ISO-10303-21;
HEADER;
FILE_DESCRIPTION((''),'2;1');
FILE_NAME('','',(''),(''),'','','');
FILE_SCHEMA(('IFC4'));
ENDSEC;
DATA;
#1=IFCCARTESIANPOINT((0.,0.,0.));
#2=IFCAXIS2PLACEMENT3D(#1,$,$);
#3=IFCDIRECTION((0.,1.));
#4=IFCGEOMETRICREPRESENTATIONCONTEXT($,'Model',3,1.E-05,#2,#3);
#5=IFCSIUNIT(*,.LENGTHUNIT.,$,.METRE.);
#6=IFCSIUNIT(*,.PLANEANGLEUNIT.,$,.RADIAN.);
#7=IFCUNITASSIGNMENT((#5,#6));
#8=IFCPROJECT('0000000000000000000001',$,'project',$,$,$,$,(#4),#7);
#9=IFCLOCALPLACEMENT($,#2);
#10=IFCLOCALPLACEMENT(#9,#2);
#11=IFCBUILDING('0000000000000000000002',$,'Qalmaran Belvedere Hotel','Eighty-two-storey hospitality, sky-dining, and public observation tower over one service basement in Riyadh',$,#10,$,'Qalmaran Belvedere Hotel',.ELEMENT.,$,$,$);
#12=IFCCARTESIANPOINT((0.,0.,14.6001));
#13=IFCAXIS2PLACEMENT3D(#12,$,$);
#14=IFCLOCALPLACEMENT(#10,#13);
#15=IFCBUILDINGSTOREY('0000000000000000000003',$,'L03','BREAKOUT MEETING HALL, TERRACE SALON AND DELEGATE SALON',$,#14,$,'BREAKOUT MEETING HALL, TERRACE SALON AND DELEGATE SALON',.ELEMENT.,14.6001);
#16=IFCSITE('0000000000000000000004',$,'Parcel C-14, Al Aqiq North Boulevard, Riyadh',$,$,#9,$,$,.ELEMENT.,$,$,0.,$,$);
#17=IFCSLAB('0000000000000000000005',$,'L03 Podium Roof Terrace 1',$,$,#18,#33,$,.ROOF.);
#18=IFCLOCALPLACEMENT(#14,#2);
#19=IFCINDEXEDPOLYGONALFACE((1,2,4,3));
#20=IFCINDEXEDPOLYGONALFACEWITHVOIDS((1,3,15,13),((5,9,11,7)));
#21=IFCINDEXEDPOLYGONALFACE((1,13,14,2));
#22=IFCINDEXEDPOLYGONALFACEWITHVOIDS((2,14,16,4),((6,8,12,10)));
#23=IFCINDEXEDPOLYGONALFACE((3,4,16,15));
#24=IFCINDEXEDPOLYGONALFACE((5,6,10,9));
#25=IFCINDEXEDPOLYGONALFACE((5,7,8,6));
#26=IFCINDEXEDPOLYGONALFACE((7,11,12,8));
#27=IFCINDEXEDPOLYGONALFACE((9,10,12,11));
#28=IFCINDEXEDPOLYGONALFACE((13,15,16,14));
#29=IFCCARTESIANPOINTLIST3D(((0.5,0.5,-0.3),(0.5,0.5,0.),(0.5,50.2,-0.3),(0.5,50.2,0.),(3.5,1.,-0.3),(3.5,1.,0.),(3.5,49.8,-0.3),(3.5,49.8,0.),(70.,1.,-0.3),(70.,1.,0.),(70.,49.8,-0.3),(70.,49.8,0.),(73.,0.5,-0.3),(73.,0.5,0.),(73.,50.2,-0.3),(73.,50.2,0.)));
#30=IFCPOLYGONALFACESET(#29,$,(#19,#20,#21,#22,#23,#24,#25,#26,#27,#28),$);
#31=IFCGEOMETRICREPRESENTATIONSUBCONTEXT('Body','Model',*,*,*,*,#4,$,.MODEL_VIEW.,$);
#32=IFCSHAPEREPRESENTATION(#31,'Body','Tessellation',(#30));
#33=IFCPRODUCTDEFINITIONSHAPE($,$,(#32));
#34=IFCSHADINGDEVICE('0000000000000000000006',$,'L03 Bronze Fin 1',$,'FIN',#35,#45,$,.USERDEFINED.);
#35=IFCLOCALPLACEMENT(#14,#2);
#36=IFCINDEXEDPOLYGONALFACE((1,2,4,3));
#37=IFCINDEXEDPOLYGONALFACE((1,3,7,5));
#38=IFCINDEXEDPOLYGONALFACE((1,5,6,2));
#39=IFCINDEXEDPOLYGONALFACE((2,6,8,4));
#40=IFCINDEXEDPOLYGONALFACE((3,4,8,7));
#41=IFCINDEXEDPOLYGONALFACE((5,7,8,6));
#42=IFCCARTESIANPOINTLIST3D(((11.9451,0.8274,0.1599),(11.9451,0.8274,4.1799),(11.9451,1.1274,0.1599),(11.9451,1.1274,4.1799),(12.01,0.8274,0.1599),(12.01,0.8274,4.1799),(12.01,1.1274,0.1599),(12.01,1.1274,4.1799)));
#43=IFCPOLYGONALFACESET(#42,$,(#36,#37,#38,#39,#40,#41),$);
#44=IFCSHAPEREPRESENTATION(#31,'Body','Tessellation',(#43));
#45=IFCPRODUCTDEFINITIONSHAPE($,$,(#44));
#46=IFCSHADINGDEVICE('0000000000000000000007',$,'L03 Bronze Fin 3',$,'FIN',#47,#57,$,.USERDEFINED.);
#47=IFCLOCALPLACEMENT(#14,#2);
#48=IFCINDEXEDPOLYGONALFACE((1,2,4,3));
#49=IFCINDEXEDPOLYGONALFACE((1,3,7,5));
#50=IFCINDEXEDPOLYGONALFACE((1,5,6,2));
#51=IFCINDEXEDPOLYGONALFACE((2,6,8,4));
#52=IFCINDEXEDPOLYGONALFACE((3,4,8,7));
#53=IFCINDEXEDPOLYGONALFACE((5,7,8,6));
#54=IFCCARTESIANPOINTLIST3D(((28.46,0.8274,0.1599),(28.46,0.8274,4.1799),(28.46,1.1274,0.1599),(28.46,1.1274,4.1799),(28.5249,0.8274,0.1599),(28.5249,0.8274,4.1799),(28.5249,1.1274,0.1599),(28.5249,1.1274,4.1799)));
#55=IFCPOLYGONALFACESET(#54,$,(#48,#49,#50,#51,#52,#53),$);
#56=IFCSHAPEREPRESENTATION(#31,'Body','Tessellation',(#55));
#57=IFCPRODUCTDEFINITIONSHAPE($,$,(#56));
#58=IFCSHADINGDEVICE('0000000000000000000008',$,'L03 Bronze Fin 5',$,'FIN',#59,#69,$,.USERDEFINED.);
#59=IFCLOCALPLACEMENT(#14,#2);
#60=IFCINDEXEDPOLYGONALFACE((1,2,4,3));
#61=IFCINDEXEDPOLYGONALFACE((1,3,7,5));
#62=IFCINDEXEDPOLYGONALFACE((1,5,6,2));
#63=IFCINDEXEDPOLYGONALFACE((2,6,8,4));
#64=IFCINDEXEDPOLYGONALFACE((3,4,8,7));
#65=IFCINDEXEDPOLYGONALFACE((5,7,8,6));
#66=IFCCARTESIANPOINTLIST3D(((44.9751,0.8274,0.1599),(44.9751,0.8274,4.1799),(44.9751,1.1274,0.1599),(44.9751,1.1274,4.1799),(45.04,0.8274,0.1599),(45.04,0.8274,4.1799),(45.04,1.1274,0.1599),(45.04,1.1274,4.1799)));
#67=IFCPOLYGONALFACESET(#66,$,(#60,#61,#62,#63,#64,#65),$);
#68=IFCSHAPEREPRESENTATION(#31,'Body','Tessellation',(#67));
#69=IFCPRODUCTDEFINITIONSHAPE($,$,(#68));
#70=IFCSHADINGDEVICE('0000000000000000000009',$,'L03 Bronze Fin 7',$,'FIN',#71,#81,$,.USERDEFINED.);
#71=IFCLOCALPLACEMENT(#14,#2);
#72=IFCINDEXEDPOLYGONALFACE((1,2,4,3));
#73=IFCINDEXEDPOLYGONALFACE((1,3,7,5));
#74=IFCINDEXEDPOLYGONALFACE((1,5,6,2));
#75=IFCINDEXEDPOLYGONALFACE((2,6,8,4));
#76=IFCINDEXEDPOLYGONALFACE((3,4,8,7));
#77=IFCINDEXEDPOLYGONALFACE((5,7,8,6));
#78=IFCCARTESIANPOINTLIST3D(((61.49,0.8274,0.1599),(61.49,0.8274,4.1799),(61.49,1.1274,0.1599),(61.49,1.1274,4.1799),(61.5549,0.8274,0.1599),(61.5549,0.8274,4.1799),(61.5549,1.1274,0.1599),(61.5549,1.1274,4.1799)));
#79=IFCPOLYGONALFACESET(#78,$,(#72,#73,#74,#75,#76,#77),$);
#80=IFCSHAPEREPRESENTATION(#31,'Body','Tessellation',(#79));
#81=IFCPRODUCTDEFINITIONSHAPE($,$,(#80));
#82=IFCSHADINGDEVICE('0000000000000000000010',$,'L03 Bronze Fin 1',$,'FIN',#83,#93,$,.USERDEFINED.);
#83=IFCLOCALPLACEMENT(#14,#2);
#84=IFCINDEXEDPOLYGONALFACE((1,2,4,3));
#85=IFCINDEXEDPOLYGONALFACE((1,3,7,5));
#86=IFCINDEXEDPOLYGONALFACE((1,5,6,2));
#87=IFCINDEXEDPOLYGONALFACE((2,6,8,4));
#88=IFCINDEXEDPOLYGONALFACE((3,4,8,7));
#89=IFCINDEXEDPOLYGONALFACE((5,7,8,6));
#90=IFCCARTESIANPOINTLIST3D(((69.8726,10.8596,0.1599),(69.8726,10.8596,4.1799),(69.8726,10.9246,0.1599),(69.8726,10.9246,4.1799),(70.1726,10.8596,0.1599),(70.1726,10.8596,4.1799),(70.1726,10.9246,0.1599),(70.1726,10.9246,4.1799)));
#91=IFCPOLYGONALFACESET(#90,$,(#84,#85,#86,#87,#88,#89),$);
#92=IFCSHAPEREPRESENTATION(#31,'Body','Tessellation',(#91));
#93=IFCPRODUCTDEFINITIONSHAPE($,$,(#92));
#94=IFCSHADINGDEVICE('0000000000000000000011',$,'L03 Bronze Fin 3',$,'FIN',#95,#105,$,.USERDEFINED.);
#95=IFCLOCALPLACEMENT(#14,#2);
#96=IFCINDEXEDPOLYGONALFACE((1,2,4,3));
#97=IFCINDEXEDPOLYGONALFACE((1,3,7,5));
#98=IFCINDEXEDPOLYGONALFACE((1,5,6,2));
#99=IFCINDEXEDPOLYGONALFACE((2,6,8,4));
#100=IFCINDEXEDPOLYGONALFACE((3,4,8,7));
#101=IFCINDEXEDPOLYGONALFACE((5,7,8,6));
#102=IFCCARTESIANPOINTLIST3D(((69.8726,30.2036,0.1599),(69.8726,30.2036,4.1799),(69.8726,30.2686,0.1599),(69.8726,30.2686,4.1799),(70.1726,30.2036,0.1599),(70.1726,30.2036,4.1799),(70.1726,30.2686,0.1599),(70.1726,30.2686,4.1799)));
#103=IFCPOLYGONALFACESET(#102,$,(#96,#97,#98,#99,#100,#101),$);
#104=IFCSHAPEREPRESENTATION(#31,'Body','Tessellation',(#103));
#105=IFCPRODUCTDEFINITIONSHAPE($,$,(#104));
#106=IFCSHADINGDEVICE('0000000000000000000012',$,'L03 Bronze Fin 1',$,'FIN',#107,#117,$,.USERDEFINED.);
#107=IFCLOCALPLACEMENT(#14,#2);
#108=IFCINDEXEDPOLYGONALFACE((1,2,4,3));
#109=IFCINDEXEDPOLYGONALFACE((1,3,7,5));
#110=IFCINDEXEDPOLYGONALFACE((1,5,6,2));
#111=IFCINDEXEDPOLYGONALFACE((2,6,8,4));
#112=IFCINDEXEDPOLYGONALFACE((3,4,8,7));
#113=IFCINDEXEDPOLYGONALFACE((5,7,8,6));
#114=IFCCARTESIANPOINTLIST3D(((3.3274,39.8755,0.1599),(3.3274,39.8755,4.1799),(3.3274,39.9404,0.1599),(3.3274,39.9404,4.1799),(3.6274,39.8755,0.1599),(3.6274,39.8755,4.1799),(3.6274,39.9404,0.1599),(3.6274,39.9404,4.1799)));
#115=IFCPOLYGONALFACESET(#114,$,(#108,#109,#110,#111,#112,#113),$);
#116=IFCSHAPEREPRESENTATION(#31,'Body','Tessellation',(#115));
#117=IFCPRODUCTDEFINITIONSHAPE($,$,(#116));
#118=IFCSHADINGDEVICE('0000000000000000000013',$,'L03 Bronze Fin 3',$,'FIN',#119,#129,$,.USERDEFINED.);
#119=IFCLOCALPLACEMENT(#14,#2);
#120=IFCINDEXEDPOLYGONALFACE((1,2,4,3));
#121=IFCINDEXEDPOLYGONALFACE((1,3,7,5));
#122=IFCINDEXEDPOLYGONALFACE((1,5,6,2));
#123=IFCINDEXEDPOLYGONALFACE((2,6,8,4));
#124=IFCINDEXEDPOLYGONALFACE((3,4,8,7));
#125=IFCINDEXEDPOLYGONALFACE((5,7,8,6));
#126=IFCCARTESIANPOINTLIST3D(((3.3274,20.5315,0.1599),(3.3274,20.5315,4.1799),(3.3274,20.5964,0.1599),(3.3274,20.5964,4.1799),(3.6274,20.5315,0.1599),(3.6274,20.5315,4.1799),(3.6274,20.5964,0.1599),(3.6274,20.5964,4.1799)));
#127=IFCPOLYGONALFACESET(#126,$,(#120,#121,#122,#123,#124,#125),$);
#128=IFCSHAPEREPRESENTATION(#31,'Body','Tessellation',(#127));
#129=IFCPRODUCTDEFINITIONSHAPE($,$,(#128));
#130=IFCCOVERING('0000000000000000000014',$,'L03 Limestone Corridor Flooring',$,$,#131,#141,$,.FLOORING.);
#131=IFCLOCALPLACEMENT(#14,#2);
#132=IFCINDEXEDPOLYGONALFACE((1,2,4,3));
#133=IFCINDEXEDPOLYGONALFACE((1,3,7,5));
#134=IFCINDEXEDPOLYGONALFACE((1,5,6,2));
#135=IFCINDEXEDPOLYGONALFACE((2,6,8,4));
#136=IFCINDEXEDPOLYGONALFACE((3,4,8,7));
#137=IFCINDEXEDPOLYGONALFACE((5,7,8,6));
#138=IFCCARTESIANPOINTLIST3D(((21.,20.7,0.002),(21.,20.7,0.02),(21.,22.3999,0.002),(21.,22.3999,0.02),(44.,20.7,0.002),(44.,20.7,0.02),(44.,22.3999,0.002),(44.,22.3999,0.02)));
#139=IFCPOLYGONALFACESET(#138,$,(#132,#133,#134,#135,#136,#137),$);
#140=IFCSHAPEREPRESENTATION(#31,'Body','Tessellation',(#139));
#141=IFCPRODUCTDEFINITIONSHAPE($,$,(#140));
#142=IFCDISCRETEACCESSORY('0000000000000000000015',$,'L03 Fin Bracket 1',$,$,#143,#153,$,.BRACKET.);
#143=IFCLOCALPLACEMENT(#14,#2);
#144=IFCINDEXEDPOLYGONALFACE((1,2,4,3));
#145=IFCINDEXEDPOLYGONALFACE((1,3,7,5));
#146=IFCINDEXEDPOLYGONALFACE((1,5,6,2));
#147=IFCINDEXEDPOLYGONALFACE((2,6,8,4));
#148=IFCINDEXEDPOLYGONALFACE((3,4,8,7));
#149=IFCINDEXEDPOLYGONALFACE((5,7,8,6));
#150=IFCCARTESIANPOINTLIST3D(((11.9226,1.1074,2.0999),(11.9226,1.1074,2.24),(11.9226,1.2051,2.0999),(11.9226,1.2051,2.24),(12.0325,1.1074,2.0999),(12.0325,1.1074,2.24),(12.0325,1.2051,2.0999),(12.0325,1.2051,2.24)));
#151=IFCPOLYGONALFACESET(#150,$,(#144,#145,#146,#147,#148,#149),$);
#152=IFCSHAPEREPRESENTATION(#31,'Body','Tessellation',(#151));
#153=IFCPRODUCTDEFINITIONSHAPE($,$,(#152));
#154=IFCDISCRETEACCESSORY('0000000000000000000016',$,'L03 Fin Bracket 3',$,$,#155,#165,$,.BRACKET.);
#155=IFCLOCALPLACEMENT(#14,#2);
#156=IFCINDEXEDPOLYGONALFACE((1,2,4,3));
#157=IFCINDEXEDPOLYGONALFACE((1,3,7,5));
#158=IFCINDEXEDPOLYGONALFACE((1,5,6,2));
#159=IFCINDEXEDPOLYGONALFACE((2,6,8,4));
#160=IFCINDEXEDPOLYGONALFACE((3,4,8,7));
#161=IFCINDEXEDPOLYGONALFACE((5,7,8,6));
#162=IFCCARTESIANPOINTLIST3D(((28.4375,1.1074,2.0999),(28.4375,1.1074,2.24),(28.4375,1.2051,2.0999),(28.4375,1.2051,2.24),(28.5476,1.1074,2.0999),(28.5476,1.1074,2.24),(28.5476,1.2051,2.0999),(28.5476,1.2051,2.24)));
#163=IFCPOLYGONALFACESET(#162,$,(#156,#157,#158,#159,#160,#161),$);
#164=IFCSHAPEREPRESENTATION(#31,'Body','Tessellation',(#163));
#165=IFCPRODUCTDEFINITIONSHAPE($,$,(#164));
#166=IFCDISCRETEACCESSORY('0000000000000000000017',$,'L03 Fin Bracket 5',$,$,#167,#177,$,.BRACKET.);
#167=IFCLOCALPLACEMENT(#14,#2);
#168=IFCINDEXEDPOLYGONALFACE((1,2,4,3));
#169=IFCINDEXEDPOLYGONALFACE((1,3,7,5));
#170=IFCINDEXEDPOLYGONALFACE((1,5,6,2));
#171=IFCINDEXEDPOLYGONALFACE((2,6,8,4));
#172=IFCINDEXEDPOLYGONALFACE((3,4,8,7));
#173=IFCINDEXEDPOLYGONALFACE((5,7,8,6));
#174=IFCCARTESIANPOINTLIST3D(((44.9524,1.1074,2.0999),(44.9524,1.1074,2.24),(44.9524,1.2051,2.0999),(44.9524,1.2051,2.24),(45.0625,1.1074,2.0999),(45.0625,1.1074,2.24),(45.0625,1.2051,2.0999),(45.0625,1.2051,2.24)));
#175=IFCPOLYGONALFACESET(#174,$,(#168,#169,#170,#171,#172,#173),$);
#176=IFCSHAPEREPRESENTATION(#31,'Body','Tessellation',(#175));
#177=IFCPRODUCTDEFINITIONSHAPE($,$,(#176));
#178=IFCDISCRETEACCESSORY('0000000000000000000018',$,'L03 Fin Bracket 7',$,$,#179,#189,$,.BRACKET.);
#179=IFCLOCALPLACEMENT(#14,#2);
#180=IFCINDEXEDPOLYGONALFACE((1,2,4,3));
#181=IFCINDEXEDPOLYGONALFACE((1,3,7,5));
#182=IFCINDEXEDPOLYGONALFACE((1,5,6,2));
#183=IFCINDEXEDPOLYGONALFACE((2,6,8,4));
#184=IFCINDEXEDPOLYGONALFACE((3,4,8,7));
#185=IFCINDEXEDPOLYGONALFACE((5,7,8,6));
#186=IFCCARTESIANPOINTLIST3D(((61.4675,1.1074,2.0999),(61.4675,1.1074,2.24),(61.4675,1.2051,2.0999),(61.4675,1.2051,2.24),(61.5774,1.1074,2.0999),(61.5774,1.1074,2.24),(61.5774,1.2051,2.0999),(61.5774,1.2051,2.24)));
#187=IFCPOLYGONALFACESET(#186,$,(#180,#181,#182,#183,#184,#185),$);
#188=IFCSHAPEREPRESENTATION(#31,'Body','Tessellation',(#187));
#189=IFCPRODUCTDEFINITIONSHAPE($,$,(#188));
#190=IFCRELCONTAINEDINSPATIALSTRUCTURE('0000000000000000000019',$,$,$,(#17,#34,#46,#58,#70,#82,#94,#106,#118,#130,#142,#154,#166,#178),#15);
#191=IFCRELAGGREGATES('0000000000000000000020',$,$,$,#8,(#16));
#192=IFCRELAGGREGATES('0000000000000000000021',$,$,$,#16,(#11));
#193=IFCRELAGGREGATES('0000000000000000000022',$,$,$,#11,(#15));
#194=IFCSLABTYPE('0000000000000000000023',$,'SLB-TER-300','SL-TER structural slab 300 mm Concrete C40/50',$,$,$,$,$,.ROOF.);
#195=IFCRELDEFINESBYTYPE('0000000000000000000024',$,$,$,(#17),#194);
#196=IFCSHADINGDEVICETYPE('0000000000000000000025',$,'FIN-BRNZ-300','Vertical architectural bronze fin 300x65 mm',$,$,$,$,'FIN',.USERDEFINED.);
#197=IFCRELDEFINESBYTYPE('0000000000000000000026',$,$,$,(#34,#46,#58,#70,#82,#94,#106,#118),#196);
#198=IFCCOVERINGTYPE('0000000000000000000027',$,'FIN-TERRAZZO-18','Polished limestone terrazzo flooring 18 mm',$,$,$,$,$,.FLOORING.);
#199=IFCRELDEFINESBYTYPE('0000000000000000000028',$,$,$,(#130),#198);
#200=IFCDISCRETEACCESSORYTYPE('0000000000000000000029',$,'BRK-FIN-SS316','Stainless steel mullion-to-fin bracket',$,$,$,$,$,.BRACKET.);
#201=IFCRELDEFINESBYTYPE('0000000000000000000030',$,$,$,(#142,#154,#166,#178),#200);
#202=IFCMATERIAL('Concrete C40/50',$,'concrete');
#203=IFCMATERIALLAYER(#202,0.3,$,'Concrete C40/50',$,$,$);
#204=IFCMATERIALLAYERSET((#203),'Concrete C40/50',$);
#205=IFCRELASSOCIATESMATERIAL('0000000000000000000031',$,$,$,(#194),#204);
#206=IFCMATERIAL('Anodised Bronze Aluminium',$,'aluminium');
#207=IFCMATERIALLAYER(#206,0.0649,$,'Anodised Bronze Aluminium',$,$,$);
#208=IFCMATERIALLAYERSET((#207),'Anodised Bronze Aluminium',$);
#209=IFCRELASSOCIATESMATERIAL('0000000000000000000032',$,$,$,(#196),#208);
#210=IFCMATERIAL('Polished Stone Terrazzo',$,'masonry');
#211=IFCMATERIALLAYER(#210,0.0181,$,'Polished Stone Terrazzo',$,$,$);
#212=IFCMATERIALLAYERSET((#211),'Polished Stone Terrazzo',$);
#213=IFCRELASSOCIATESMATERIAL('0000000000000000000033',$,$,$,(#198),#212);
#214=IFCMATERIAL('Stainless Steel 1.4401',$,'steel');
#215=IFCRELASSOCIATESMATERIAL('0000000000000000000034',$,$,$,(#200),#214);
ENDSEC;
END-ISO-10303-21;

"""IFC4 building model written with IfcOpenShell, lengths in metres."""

from ifc_helpers import new_model, si_unit, direction, frame, origin, place, context, subcontext, project, spatial, polyline, outline, extrude, material, layer, layer_set, type_object, element, save


model = new_model("IFC4")

# Units and contexts
model_context = context("Model", 3, precision=1e-05, world=origin(), true_north=direction((0.0, 1.0)))
body_context = subcontext(model_context, "Body", "Model", "MODEL_VIEW")
ifc_project = project(units=[si_unit("LENGTHUNIT", "METRE"), si_unit("PLANEANGLEUNIT", "RADIAN")], contexts=[model_context])

# Site, building, storey
site_placement = place(None, origin())
site = spatial("IfcSite", under=ifc_project, at=site_placement, Name="Parcel C-14, Al Aqiq North Boulevard, Riyadh", CompositionType="ELEMENT", RefElevation=0.0)
building_placement = place(site_placement, origin())
building = spatial("IfcBuilding", under=site, at=building_placement, Name="Qalmaran Belvedere Hotel", Description="Eighty-two-storey hospitality, sky-dining, and public observation tower over one service basement in Riyadh", LongName="Qalmaran Belvedere Hotel", CompositionType="ELEMENT")
storey_placement = place(building_placement, frame((0.0, 0.0, 14.6001)))
storey = spatial("IfcBuildingStorey", under=building, at=storey_placement, Name="L03", Description="BREAKOUT MEETING HALL, TERRACE SALON AND DELEGATE SALON", LongName="BREAKOUT MEETING HALL, TERRACE SALON AND DELEGATE SALON", CompositionType="ELEMENT", Elevation=14.6001)

# Shared definitions
ifc_material_1 = material(Name="Concrete C40/50", Category="concrete")

# Slab
ifc_layer_1 = layer(ifc_material_1, 0.3, Name="Concrete C40/50")
ifc_layer_set_1 = layer_set([ifc_layer_1], Name="Concrete C40/50")
slab_type_1 = type_object("IfcSlabType", Name="SLB-TER-300", Description="SL-TER structural slab 300 mm Concrete C40/50", PredefinedType="ROOF", material=ifc_layer_set_1)
slab_1_placement = place(storey_placement, frame((0.0, 0.0, -0.3)))
element("IfcSlab", 1, at=slab_1_placement, inside=storey, type_object=slab_type_1, Name="L03 Podium Roof Terrace 1", PredefinedType="ROOF", context=body_context, shape_type="SweptSolid", body=[
    extrude(outline(polyline([(0.5, 50.2), (73.0, 50.2), (73.0, 0.5), (0.5, 0.5), (0.5, 50.2)]), holes=[polyline([(70.0, 1.0), (70.0, 49.8), (3.5, 49.8), (3.5, 1.0), (70.0, 1.0)])]), origin(), (0.0, 0.0, 1.0), 0.3),
])

# Shading devices
ifc_material_2 = material(Name="Anodised Bronze Aluminium", Category="aluminium")
ifc_layer_2 = layer(ifc_material_2, 0.0649, Name="Anodised Bronze Aluminium")
ifc_layer_set_2 = layer_set([ifc_layer_2], Name="Anodised Bronze Aluminium")
shading_device_type = type_object("IfcShadingDeviceType", Name="FIN-BRNZ-300", Description="Vertical architectural bronze fin 300x65 mm", ElementType="FIN", PredefinedType="USERDEFINED", material=ifc_layer_set_2)
shading_device_1_placement = place(storey_placement, frame((0.0, 0.0, 0.1599)))
element("IfcShadingDevice", 2, at=shading_device_1_placement, inside=storey, type_object=shading_device_type, Name="L03 Bronze Fin 1", ObjectType="FIN", PredefinedType="USERDEFINED", context=body_context, shape_type="SweptSolid", body=[
    extrude(outline(polyline([(11.9451, 1.1274), (11.9451, 0.8274), (12.01, 0.8274), (12.01, 1.1274), (11.9451, 1.1274)])), origin(), (0.0, 0.0, 1.0), 4.02),
])
shading_device_2_placement = place(storey_placement, frame((0.0, 0.0, 0.1599)))
element("IfcShadingDevice", 3, at=shading_device_2_placement, inside=storey, type_object=shading_device_type, Name="L03 Bronze Fin 3", ObjectType="FIN", PredefinedType="USERDEFINED", context=body_context, shape_type="SweptSolid", body=[
    extrude(outline(polyline([(28.46, 1.1274), (28.46, 0.8274), (28.5249, 0.8274), (28.5249, 1.1274), (28.46, 1.1274)])), origin(), (0.0, 0.0, 1.0), 4.02),
])
shading_device_3_placement = place(storey_placement, frame((0.0, 0.0, 0.1599)))
element("IfcShadingDevice", 4, at=shading_device_3_placement, inside=storey, type_object=shading_device_type, Name="L03 Bronze Fin 5", ObjectType="FIN", PredefinedType="USERDEFINED", context=body_context, shape_type="SweptSolid", body=[
    extrude(outline(polyline([(44.9751, 1.1274), (44.9751, 0.8274), (45.04, 0.8274), (45.04, 1.1274), (44.9751, 1.1274)])), origin(), (0.0, 0.0, 1.0), 4.02),
])
shading_device_4_placement = place(storey_placement, frame((0.0, 0.0, 0.1599)))
element("IfcShadingDevice", 5, at=shading_device_4_placement, inside=storey, type_object=shading_device_type, Name="L03 Bronze Fin 7", ObjectType="FIN", PredefinedType="USERDEFINED", context=body_context, shape_type="SweptSolid", body=[
    extrude(outline(polyline([(61.49, 1.1274), (61.49, 0.8274), (61.5549, 0.8274), (61.5549, 1.1274), (61.49, 1.1274)])), origin(), (0.0, 0.0, 1.0), 4.02),
])
shading_device_5_placement = place(storey_placement, frame((0.0, 0.0, 0.1599)))
element("IfcShadingDevice", 6, at=shading_device_5_placement, inside=storey, type_object=shading_device_type, Name="L03 Bronze Fin 1", ObjectType="FIN", PredefinedType="USERDEFINED", context=body_context, shape_type="SweptSolid", body=[
    extrude(outline(polyline([(69.8726, 10.8596), (70.1726, 10.8596), (70.1726, 10.9246), (69.8726, 10.9246), (69.8726, 10.8596)])), origin(), (0.0, 0.0, 1.0), 4.02),
])
shading_device_6_placement = place(storey_placement, frame((0.0, 0.0, 0.1599)))
element("IfcShadingDevice", 7, at=shading_device_6_placement, inside=storey, type_object=shading_device_type, Name="L03 Bronze Fin 3", ObjectType="FIN", PredefinedType="USERDEFINED", context=body_context, shape_type="SweptSolid", body=[
    extrude(outline(polyline([(69.8726, 30.2036), (70.1726, 30.2036), (70.1726, 30.2686), (69.8726, 30.2686), (69.8726, 30.2036)])), origin(), (0.0, 0.0, 1.0), 4.02),
])
shading_device_7_placement = place(storey_placement, frame((0.0, 0.0, 0.1599)))
element("IfcShadingDevice", 8, at=shading_device_7_placement, inside=storey, type_object=shading_device_type, Name="L03 Bronze Fin 1", ObjectType="FIN", PredefinedType="USERDEFINED", context=body_context, shape_type="SweptSolid", body=[
    extrude(outline(polyline([(3.6274, 39.9404), (3.3274, 39.9404), (3.3274, 39.8755), (3.6274, 39.8755), (3.6274, 39.9404)])), origin(), (0.0, 0.0, 1.0), 4.02),
])
shading_device_8_placement = place(storey_placement, frame((0.0, 0.0, 0.1599)))
element("IfcShadingDevice", 9, at=shading_device_8_placement, inside=storey, type_object=shading_device_type, Name="L03 Bronze Fin 3", ObjectType="FIN", PredefinedType="USERDEFINED", context=body_context, shape_type="SweptSolid", body=[
    extrude(outline(polyline([(3.6274, 20.5964), (3.3274, 20.5964), (3.3274, 20.5315), (3.6274, 20.5315), (3.6274, 20.5964)])), origin(), (0.0, 0.0, 1.0), 4.02),
])

# Covering
ifc_material_3 = material(Name="Polished Stone Terrazzo", Category="masonry")
ifc_layer_3 = layer(ifc_material_3, 0.0181, Name="Polished Stone Terrazzo")
ifc_layer_set_3 = layer_set([ifc_layer_3], Name="Polished Stone Terrazzo")
covering_type = type_object("IfcCoveringType", Name="FIN-TERRAZZO-18", Description="Polished limestone terrazzo flooring 18 mm", PredefinedType="FLOORING", material=ifc_layer_set_3)
covering_placement = place(storey_placement, frame((0.0, 0.0, 0.002)))
element("IfcCovering", 10, at=covering_placement, inside=storey, type_object=covering_type, Name="L03 Limestone Corridor Flooring", PredefinedType="FLOORING", context=body_context, shape_type="SweptSolid", body=[
    extrude(outline(polyline([(21.0, 20.7), (44.0, 20.7), (44.0, 22.3999), (21.0, 22.3999), (21.0, 20.7)])), origin(), (0.0, 0.0, 1.0), 0.0181),
])

# Discrete accessories
ifc_material_4 = material(Name="Stainless Steel 1.4401", Category="steel")
discrete_accessory_type = type_object("IfcDiscreteAccessoryType", Name="BRK-FIN-SS316", Description="Stainless steel mullion-to-fin bracket", PredefinedType="BRACKET", material=ifc_material_4)
discrete_accessory_1_placement = place(storey_placement, frame((0.0, 0.0, 2.0999)))
element("IfcDiscreteAccessory", 11, at=discrete_accessory_1_placement, inside=storey, type_object=discrete_accessory_type, Name="L03 Fin Bracket 1", PredefinedType="BRACKET", context=body_context, shape_type="SweptSolid", body=[
    extrude(outline(polyline([(11.9226, 1.2051), (11.9226, 1.1074), (12.0325, 1.1074), (12.0325, 1.2051), (11.9226, 1.2051)])), origin(), (0.0, 0.0, 1.0), 0.1401),
])
discrete_accessory_2_placement = place(storey_placement, frame((0.0, 0.0, 2.0999)))
element("IfcDiscreteAccessory", 12, at=discrete_accessory_2_placement, inside=storey, type_object=discrete_accessory_type, Name="L03 Fin Bracket 3", PredefinedType="BRACKET", context=body_context, shape_type="SweptSolid", body=[
    extrude(outline(polyline([(28.4375, 1.2051), (28.4375, 1.1074), (28.5476, 1.1074), (28.5476, 1.2051), (28.4375, 1.2051)])), origin(), (0.0, 0.0, 1.0), 0.1401),
])
discrete_accessory_3_placement = place(storey_placement, frame((0.0, 0.0, 2.0999)))
element("IfcDiscreteAccessory", 13, at=discrete_accessory_3_placement, inside=storey, type_object=discrete_accessory_type, Name="L03 Fin Bracket 5", PredefinedType="BRACKET", context=body_context, shape_type="SweptSolid", body=[
    extrude(outline(polyline([(44.9524, 1.2051), (44.9524, 1.1074), (45.0625, 1.1074), (45.0625, 1.2051), (44.9524, 1.2051)])), origin(), (0.0, 0.0, 1.0), 0.1401),
])
discrete_accessory_4_placement = place(storey_placement, frame((0.0, 0.0, 2.0999)))
element("IfcDiscreteAccessory", 14, at=discrete_accessory_4_placement, inside=storey, type_object=discrete_accessory_type, Name="L03 Fin Bracket 7", PredefinedType="BRACKET", context=body_context, shape_type="SweptSolid", body=[
    extrude(outline(polyline([(61.4675, 1.2051), (61.4675, 1.1074), (61.5774, 1.1074), (61.5774, 1.2051), (61.4675, 1.2051)])), origin(), (0.0, 0.0, 1.0), 0.1401),
])

save(model, "model.ifc")
